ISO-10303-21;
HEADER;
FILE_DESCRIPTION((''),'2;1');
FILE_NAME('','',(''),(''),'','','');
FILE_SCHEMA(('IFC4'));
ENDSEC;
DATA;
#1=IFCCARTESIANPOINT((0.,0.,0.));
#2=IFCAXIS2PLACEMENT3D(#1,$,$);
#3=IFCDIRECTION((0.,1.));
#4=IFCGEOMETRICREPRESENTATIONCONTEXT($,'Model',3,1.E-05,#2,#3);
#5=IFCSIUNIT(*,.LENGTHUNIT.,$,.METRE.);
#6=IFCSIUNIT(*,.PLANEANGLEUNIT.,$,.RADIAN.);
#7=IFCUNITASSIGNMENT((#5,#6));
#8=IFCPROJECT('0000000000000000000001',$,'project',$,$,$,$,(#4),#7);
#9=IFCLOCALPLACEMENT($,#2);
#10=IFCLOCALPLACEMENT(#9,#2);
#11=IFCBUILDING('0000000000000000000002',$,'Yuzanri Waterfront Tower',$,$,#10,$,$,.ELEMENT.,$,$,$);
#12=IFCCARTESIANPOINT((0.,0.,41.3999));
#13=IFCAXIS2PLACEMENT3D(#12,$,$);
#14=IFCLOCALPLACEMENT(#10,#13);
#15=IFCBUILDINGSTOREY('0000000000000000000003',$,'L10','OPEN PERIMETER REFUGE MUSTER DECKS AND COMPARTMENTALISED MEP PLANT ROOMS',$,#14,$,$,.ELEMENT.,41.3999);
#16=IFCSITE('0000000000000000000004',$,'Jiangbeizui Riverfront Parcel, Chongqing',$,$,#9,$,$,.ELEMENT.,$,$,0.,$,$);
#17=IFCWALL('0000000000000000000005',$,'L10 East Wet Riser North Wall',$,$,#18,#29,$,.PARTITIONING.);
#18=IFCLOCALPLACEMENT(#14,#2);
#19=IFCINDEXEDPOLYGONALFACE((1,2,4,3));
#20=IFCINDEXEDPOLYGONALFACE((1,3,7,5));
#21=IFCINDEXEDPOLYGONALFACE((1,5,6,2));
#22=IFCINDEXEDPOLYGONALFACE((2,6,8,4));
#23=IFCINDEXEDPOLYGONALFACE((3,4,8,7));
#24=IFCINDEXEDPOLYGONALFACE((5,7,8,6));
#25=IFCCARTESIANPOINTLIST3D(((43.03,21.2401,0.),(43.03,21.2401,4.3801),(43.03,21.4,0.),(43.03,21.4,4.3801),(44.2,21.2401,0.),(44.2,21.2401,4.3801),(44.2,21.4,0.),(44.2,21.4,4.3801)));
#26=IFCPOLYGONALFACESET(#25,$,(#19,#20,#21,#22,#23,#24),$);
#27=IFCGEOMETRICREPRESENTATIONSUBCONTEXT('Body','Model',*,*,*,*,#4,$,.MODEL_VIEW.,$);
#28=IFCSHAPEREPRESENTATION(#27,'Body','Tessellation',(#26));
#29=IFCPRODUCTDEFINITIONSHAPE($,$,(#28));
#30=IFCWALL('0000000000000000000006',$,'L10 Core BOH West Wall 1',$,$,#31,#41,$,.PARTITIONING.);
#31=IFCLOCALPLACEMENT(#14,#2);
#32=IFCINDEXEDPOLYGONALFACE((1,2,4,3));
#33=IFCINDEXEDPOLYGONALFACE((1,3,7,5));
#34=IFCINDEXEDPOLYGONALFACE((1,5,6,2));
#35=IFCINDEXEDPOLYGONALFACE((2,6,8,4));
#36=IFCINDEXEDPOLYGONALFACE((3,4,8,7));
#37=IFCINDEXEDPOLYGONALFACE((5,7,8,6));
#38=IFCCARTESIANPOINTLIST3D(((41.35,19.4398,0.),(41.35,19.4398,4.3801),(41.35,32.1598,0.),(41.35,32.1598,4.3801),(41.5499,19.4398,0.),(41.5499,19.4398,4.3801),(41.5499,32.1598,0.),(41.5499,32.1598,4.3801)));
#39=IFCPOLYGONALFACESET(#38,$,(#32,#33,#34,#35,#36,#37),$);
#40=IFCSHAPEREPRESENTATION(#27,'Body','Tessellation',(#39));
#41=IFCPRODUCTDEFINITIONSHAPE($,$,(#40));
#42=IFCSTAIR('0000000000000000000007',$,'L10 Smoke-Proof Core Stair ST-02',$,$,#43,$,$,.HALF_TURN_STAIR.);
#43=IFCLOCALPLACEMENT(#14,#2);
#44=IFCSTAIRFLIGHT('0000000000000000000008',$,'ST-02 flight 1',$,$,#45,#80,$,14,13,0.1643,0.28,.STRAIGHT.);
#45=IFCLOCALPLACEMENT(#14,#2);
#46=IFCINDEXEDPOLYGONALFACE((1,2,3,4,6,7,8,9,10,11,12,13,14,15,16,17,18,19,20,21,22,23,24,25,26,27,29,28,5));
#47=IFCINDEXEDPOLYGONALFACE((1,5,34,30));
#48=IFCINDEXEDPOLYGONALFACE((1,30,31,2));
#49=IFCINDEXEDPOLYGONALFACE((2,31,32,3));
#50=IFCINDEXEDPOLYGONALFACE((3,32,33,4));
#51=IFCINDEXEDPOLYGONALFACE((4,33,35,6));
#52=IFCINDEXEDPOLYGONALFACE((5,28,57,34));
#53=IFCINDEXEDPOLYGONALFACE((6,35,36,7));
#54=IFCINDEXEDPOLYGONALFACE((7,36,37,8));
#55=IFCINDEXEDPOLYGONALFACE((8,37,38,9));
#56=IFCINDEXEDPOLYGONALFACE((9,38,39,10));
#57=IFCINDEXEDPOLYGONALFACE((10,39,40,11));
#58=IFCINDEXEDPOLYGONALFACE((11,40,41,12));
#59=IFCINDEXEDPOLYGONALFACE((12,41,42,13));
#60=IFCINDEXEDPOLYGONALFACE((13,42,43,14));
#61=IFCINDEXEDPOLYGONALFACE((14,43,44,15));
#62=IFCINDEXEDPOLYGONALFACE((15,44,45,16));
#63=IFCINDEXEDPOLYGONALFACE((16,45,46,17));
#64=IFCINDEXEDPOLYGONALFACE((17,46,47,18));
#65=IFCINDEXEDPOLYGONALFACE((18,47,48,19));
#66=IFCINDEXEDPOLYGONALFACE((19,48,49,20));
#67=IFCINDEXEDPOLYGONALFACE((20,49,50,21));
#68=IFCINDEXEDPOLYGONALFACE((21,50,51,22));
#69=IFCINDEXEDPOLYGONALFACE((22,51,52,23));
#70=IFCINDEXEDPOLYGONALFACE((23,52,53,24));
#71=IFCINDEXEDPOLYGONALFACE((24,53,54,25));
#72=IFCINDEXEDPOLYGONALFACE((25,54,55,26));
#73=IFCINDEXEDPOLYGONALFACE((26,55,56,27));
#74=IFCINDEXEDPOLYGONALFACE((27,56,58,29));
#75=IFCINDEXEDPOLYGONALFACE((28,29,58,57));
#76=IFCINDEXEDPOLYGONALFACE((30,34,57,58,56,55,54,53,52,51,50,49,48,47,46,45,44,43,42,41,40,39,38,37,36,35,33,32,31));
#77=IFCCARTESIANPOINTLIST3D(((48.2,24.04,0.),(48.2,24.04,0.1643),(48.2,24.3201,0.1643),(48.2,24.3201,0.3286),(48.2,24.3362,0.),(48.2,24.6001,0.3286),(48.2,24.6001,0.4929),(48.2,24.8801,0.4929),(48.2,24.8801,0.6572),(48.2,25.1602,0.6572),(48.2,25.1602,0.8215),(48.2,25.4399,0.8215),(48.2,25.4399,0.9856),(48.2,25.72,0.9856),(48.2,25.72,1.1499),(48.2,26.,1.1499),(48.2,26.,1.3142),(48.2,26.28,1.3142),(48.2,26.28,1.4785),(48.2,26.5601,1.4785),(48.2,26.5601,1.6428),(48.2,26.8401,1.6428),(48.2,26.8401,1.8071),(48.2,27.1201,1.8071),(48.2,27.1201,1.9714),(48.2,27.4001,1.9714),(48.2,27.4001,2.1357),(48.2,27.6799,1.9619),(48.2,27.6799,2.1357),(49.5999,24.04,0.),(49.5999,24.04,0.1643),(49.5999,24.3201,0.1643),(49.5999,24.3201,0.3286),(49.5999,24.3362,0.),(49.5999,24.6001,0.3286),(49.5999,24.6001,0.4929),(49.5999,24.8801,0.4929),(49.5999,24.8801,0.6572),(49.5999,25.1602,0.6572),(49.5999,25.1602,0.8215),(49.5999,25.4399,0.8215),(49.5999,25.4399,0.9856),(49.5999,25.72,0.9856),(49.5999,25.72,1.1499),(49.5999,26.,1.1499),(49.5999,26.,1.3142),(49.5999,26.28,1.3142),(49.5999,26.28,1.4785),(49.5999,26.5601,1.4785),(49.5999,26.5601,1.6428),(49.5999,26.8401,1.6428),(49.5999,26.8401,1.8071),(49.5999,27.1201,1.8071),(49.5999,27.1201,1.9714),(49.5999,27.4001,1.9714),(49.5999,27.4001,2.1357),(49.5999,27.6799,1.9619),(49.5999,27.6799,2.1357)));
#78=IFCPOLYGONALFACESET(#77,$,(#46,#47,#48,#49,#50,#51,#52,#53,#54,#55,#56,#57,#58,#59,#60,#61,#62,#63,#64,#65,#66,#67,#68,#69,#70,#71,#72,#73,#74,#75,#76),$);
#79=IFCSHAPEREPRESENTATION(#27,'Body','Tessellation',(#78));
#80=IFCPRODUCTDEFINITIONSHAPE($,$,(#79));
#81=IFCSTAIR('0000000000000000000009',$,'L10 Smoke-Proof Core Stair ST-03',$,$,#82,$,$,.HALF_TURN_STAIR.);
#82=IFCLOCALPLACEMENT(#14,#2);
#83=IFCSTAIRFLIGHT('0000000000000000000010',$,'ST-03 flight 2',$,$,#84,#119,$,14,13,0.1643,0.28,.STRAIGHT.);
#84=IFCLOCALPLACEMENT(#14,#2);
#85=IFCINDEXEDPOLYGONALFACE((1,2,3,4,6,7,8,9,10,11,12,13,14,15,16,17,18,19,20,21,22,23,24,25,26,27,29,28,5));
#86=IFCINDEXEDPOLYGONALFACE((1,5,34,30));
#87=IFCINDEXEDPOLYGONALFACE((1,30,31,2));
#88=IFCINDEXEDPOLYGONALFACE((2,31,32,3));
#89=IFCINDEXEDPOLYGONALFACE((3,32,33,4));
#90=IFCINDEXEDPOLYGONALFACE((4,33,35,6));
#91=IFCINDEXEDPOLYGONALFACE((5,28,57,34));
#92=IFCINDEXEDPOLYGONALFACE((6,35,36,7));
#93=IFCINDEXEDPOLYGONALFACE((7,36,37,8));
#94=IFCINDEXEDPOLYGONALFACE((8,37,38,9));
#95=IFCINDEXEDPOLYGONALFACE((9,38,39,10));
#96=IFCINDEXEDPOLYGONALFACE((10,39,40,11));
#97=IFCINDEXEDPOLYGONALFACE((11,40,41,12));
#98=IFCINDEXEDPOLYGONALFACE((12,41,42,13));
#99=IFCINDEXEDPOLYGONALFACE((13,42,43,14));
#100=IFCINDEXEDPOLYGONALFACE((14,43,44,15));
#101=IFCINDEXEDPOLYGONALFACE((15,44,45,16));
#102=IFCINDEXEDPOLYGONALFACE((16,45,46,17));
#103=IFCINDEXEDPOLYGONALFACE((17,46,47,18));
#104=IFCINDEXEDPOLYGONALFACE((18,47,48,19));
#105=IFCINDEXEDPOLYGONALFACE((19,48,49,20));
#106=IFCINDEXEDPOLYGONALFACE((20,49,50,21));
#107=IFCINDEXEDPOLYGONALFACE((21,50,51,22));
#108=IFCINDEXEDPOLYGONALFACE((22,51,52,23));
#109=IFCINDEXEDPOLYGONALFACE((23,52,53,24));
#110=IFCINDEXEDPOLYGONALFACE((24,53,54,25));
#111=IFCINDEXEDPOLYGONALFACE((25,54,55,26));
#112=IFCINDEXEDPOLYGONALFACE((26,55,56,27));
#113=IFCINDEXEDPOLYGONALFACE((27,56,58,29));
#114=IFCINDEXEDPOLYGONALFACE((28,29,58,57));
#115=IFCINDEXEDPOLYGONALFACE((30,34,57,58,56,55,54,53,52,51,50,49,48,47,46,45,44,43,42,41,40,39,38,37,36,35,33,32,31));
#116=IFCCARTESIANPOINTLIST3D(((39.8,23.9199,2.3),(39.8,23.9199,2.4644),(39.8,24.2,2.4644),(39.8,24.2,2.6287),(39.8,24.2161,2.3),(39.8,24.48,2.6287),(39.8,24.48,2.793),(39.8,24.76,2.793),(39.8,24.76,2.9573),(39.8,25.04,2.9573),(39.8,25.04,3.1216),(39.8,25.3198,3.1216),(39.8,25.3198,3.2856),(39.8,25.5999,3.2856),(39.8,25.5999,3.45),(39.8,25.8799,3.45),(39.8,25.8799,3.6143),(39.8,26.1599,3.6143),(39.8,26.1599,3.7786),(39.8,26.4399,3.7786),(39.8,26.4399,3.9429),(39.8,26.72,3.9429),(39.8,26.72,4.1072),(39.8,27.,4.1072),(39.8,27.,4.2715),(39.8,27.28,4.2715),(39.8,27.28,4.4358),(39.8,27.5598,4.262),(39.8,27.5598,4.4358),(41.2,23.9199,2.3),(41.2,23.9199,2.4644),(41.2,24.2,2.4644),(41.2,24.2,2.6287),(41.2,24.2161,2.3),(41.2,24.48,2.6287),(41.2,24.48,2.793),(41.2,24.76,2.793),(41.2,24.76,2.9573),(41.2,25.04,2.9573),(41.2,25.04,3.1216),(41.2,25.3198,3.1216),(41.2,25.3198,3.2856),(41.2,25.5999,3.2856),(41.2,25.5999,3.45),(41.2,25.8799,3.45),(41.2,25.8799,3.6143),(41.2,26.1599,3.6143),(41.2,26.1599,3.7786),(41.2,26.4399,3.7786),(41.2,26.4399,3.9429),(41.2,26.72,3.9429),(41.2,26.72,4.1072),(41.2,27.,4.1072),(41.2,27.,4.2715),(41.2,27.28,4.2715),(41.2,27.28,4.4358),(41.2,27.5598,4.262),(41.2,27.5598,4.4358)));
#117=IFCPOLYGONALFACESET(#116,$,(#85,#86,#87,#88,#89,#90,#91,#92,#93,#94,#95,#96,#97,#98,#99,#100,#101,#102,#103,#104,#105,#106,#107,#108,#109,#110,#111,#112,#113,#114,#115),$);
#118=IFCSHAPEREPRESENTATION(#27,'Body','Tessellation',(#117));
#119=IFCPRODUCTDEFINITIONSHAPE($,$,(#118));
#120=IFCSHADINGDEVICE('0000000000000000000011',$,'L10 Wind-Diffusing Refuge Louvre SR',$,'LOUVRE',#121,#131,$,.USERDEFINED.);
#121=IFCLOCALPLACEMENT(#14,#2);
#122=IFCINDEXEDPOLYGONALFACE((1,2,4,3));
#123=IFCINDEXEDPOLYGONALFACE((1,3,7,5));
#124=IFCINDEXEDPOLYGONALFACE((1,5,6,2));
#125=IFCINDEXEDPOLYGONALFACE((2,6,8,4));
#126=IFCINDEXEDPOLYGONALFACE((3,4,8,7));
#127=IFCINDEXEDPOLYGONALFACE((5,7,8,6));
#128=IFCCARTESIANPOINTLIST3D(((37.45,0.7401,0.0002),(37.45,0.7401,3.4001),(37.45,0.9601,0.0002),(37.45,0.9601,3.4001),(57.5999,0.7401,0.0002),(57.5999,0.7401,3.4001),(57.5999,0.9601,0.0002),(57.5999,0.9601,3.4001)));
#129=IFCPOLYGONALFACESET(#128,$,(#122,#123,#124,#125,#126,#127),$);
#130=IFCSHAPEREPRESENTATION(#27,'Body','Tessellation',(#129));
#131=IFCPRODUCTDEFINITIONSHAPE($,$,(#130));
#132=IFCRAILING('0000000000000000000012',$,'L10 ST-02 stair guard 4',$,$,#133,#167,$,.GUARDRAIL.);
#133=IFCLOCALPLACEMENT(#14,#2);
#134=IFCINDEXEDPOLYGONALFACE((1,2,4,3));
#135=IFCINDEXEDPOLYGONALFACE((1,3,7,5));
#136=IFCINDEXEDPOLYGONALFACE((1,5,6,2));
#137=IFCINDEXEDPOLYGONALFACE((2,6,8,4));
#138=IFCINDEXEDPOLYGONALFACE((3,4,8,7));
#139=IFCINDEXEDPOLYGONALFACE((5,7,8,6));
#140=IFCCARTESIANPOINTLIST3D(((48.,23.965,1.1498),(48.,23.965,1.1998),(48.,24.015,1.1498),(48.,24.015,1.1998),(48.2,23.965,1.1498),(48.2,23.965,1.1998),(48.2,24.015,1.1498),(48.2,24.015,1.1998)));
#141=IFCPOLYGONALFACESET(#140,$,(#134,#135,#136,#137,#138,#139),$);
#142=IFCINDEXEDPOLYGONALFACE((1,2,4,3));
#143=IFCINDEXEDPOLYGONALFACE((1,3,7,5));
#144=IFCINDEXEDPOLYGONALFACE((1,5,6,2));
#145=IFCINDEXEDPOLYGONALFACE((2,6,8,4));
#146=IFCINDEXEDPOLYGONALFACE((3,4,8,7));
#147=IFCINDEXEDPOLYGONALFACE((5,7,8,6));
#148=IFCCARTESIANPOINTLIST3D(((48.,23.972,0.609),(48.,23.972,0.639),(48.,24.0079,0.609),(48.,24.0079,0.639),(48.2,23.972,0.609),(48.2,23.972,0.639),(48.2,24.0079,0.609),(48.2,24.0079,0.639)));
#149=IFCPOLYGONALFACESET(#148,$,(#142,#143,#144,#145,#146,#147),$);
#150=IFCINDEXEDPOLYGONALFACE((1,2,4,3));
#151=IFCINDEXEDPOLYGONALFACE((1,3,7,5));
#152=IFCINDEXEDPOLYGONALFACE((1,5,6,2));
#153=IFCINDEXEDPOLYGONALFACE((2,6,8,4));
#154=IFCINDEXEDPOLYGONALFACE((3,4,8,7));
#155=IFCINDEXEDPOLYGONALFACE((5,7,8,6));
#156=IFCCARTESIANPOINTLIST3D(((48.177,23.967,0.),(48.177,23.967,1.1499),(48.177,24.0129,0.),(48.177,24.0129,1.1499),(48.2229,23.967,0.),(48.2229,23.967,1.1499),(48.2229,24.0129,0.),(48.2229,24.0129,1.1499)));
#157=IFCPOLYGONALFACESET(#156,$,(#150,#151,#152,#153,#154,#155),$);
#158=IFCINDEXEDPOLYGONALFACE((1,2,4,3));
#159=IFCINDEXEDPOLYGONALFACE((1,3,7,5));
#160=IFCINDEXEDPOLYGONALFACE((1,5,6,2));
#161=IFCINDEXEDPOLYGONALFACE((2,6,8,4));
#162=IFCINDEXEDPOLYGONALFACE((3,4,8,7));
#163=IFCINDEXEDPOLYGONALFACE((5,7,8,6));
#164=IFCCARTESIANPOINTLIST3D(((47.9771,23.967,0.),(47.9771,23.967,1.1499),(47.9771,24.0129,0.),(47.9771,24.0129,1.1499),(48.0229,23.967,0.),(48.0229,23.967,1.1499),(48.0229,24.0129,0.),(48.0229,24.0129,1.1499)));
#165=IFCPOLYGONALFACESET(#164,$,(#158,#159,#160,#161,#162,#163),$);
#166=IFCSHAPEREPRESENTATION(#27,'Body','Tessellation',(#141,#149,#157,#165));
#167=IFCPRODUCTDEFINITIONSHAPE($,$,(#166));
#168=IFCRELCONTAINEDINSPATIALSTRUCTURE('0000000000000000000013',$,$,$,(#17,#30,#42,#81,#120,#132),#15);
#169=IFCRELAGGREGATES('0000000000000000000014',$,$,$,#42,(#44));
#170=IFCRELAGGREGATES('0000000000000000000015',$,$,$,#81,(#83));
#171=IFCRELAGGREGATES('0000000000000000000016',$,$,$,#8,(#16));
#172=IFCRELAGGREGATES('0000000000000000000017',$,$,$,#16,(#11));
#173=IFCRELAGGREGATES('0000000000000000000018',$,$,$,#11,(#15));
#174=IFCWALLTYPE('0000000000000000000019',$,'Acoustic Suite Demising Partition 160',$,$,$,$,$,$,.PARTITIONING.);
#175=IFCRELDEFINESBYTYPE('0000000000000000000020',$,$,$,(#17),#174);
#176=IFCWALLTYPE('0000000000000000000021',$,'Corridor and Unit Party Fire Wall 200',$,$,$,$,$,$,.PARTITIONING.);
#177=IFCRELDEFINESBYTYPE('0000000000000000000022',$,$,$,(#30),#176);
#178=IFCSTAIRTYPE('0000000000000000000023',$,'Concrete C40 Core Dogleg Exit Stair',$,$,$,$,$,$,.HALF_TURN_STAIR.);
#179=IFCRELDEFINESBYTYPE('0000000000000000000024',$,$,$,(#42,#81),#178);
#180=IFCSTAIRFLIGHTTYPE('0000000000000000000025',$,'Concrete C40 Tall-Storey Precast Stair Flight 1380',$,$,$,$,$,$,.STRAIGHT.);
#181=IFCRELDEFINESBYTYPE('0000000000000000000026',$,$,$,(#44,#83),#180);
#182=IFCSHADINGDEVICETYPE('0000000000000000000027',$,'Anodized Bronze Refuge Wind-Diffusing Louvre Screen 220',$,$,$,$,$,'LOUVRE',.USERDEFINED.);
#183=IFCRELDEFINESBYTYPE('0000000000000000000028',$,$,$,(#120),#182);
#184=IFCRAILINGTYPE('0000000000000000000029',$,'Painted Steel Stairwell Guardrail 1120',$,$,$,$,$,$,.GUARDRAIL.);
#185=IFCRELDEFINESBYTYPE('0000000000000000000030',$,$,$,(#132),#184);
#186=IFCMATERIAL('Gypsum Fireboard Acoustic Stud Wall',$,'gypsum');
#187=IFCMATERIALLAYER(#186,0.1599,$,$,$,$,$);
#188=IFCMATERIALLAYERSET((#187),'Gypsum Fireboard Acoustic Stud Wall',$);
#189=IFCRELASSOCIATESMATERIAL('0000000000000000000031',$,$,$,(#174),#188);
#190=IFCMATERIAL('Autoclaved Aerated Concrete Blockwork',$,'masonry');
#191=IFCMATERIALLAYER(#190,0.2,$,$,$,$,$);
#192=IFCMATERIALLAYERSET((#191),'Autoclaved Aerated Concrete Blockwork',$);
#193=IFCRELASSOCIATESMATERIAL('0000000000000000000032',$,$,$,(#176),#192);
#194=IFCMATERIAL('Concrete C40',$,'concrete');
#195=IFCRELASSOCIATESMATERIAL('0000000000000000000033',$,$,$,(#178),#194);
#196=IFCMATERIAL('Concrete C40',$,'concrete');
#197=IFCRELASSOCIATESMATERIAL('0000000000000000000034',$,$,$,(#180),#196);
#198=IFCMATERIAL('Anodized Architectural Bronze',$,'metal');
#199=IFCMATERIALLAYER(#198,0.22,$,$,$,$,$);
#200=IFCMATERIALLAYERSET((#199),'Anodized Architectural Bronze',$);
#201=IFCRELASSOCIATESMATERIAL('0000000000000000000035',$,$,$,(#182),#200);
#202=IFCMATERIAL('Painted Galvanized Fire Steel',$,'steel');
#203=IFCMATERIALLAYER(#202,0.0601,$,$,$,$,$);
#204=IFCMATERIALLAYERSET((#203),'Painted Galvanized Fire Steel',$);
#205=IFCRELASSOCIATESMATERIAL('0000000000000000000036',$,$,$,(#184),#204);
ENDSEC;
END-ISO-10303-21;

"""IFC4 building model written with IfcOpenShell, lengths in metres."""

from ifc_helpers import new_model, si_unit, direction, frame, frame_2d, origin, origin_2d, place, context, subcontext, project, spatial, polyline, rectangle, outline, extrude, source, transform, mapped, material, layer, layer_set, type_object, element, aggregate, save


model = new_model("IFC4")

# Units and contexts
model_context = context("Model", 3, precision=1e-05, world=origin(), true_north=direction((0.0, 1.0)))
body_context = subcontext(model_context, "Body", "Model", "MODEL_VIEW")
ifc_project = project(units=[si_unit("LENGTHUNIT", "METRE"), si_unit("PLANEANGLEUNIT", "RADIAN")], contexts=[model_context])

# Site, building, storey
site_placement = place(None, origin())
site = spatial("IfcSite", under=ifc_project, at=site_placement, Name="Jiangbeizui Riverfront Parcel, Chongqing", CompositionType="ELEMENT", RefElevation=0.0)
building_placement = place(site_placement, origin())
building = spatial("IfcBuilding", under=site, at=building_placement, Name="Yuzanri Waterfront Tower", CompositionType="ELEMENT")
storey_placement = place(building_placement, frame((0.0, 0.0, 41.3999)))
storey = spatial("IfcBuildingStorey", under=building, at=storey_placement, Name="L10", Description="OPEN PERIMETER REFUGE MUSTER DECKS AND COMPARTMENTALISED MEP PLANT ROOMS", CompositionType="ELEMENT", Elevation=41.3999)

# Walls
ifc_material_1 = material(Name="Gypsum Fireboard Acoustic Stud Wall", Category="gypsum")
ifc_layer_1 = layer(ifc_material_1, 0.1599)
ifc_layer_set_1 = layer_set([ifc_layer_1], Name="Gypsum Fireboard Acoustic Stud Wall")
wall_type_1 = type_object("IfcWallType", Name="Acoustic Suite Demising Partition 160", PredefinedType="PARTITIONING", material=ifc_layer_set_1)
shared_shape_1 = source(origin(), body_context, "Body", "SweptSolid", [
    extrude(rectangle(XDim=1.1699, YDim=0.1599, at=frame_2d((0.585, 0.0))), origin(), (0.0, 0.0, 1.0), 4.3801),
])
wall_1_placement = place(storey_placement, frame((43.03, 21.3201, 0.0), z_axis=(0.0, 0.0, 1.0), x_axis=(1.0, 0.0, 0.0)))
element("IfcWall", 1, at=wall_1_placement, inside=storey, type_object=wall_type_1, Name="L10 East Wet Riser North Wall", PredefinedType="PARTITIONING", context=body_context, shape_type="MappedRepresentation", body=[
    mapped(shared_shape_1, transform((0.0, 0.0, 0.0), scale=1.0)),
])
ifc_material_2 = material(Name="Autoclaved Aerated Concrete Blockwork", Category="masonry")
ifc_layer_2 = layer(ifc_material_2, 0.2)
ifc_layer_set_2 = layer_set([ifc_layer_2], Name="Autoclaved Aerated Concrete Blockwork")
wall_type_2 = type_object("IfcWallType", Name="Corridor and Unit Party Fire Wall 200", PredefinedType="PARTITIONING", material=ifc_layer_set_2)
shared_shape_2 = source(origin(), body_context, "Body", "SweptSolid", [
    extrude(rectangle(XDim=12.72, YDim=0.2, at=frame_2d((6.3599, 0.0))), origin(), (0.0, 0.0, 1.0), 4.3801),
])
wall_2_placement = place(storey_placement, frame((41.45, 19.4399, 0.0), z_axis=(0.0, 0.0, 1.0), x_axis=(0.0, 1.0, 0.0)))
element("IfcWall", 2, at=wall_2_placement, inside=storey, type_object=wall_type_2, Name="L10 Core BOH West Wall 1", PredefinedType="PARTITIONING", context=body_context, shape_type="MappedRepresentation", body=[
    mapped(shared_shape_2, transform((0.0, 0.0, 0.0), scale=1.0)),
])

# Stairs, stair flights
ifc_material_3 = material(Name="Concrete C40", Category="concrete")
stair_type = type_object("IfcStairType", Name="Concrete C40 Core Dogleg Exit Stair", PredefinedType="HALF_TURN_STAIR", material=ifc_material_3)
stair_1_placement = place(storey_placement, origin())
stair_1 = element("IfcStair", 3, at=stair_1_placement, inside=storey, type_object=stair_type, Name="L10 Smoke-Proof Core Stair ST-02", PredefinedType="HALF_TURN_STAIR")
ifc_material_4 = material(Name="Concrete C40", Category="concrete")
stair_flight_type = type_object("IfcStairFlightType", Name="Concrete C40 Tall-Storey Precast Stair Flight 1380", PredefinedType="STRAIGHT", material=ifc_material_4)
shared_shape_3 = source(origin(), body_context, "Body", "SweptSolid", [
    extrude(outline(polyline([(0.0, 0.0), (0.0, 0.1643), (0.28, 0.1643), (0.28, 0.3286), (0.5601, 0.3286), (0.5601, 0.4929), (0.8401, 0.4929), (0.8401, 0.6572), (1.1201, 0.6572), (1.1201, 0.8215), (1.3999, 0.8215), (1.3999, 0.9856), (1.6799, 0.9856), (1.6799, 1.1499), (1.96, 1.1499), (1.96, 1.3142), (2.24, 1.3142), (2.24, 1.4785), (2.52, 1.4785), (2.52, 1.6428), (2.8, 1.6428), (2.8, 1.8071), (3.0801, 1.8071), (3.0801, 1.9714), (3.3601, 1.9714), (3.3601, 2.1357), (3.6399, 2.1357), (3.6399, 2.3), (3.6399, 1.9619), (0.2961, 0.0), (0.0, 0.0)])), frame((0.0, 0.7, 0.0), z_axis=(0.0, -1.0, 0.0), x_axis=(1.0, 0.0, 0.0)), (0.0, 0.0, 1.0), 1.3999),
])
stair_flight_1_placement = place(storey_placement, frame((48.8999, 24.04, 0.0), z_axis=(0.0, 0.0, 1.0), x_axis=(0.0, 1.0, 0.0)))
stair_flight_1 = element("IfcStairFlight", 4, at=stair_flight_1_placement, type_object=stair_flight_type, Name="ST-02 flight 1", NumberOfRisers=14, NumberOfTreads=13, PredefinedType="STRAIGHT", RiserHeight=0.1643, TreadLength=0.28, context=body_context, shape_type="MappedRepresentation", body=[
    mapped(shared_shape_3, transform((0.0, 0.0, 0.0), scale=1.0)),
])
aggregate(stair_1, [stair_flight_1])
stair_2_placement = place(storey_placement, origin())
stair_2 = element("IfcStair", 5, at=stair_2_placement, inside=storey, type_object=stair_type, Name="L10 Smoke-Proof Core Stair ST-03", PredefinedType="HALF_TURN_STAIR")
stair_flight_2_placement = place(storey_placement, frame((40.5, 23.9199, 2.3), z_axis=(0.0, 0.0, 1.0), x_axis=(0.0, 1.0, 0.0)))
stair_flight_2 = element("IfcStairFlight", 6, at=stair_flight_2_placement, type_object=stair_flight_type, Name="ST-03 flight 2", NumberOfRisers=14, NumberOfTreads=13, PredefinedType="STRAIGHT", RiserHeight=0.1643, TreadLength=0.28, context=body_context, shape_type="MappedRepresentation", body=[
    mapped(shared_shape_3, transform((0.0, 0.0, 0.0), scale=1.0)),
])
aggregate(stair_2, [stair_flight_2])

# Shading device
ifc_material_5 = material(Name="Anodized Architectural Bronze", Category="metal")
ifc_layer_3 = layer(ifc_material_5, 0.22)
ifc_layer_set_3 = layer_set([ifc_layer_3], Name="Anodized Architectural Bronze")
shading_device_type = type_object("IfcShadingDeviceType", Name="Anodized Bronze Refuge Wind-Diffusing Louvre Screen 220", ElementType="LOUVRE", PredefinedType="USERDEFINED", material=ifc_layer_set_3)
shared_shape_4 = source(origin(), body_context, "Body", "SweptSolid", [
    extrude(rectangle(XDim=20.1499, YDim=0.22, at=origin_2d()), origin(), (0.0, 0.0, 1.0), 3.3999),
])
shading_device_placement = place(storey_placement, frame((47.5249, 0.8501, 0.0002), z_axis=(0.0, 0.0, 1.0), x_axis=(1.0, 0.0, 0.0)))
element("IfcShadingDevice", 7, at=shading_device_placement, inside=storey, type_object=shading_device_type, Name="L10 Wind-Diffusing Refuge Louvre SR", ObjectType="LOUVRE", PredefinedType="USERDEFINED", context=body_context, shape_type="MappedRepresentation", body=[
    mapped(shared_shape_4, transform((0.0, 0.0, 0.0), scale=1.0)),
])

# Railing
ifc_material_6 = material(Name="Painted Galvanized Fire Steel", Category="steel")
ifc_layer_4 = layer(ifc_material_6, 0.0601)
ifc_layer_set_4 = layer_set([ifc_layer_4], Name="Painted Galvanized Fire Steel")
railing_type_1 = type_object("IfcRailingType", Name="Painted Steel Stairwell Guardrail 1120", PredefinedType="GUARDRAIL", material=ifc_layer_set_4)
shared_shape_5 = source(origin(), body_context, "Body", "SweptSolid", [
    extrude(rectangle(XDim=0.05, YDim=0.05, at=origin_2d()), frame((0.0, 0.0, 1.1748), z_axis=(-1.0, 0.0, 0.0), x_axis=(0.0, -1.0, 0.0)), (0.0, 0.0, 1.0), 0.2),
    extrude(rectangle(XDim=0.0359, YDim=0.03, at=origin_2d()), frame((0.0, 0.0, 0.624), z_axis=(-1.0, 0.0, 0.0), x_axis=(0.0, -1.0, 0.0)), (0.0, 0.0, 1.0), 0.2),
    extrude(rectangle(XDim=0.0459, YDim=0.0459, at=origin_2d()), origin(), (0.0, 0.0, 1.0), 1.1499),
    extrude(rectangle(XDim=0.0459, YDim=0.0459, at=origin_2d()), frame((-0.2, 0.0, 0.0)), (0.0, 0.0, 1.0), 1.1499),
])
railing_1_placement = place(storey_placement, frame((48.2, 23.99, 0.0)))
element("IfcRailing", 8, at=railing_1_placement, inside=storey, type_object=railing_type_1, Name="L10 ST-02 stair guard 4", PredefinedType="GUARDRAIL", context=body_context, shape_type="MappedRepresentation", body=[
    mapped(shared_shape_5, transform((0.0, 0.0, 0.0), scale=1.0)),
])

save(model, "model.ifc")
